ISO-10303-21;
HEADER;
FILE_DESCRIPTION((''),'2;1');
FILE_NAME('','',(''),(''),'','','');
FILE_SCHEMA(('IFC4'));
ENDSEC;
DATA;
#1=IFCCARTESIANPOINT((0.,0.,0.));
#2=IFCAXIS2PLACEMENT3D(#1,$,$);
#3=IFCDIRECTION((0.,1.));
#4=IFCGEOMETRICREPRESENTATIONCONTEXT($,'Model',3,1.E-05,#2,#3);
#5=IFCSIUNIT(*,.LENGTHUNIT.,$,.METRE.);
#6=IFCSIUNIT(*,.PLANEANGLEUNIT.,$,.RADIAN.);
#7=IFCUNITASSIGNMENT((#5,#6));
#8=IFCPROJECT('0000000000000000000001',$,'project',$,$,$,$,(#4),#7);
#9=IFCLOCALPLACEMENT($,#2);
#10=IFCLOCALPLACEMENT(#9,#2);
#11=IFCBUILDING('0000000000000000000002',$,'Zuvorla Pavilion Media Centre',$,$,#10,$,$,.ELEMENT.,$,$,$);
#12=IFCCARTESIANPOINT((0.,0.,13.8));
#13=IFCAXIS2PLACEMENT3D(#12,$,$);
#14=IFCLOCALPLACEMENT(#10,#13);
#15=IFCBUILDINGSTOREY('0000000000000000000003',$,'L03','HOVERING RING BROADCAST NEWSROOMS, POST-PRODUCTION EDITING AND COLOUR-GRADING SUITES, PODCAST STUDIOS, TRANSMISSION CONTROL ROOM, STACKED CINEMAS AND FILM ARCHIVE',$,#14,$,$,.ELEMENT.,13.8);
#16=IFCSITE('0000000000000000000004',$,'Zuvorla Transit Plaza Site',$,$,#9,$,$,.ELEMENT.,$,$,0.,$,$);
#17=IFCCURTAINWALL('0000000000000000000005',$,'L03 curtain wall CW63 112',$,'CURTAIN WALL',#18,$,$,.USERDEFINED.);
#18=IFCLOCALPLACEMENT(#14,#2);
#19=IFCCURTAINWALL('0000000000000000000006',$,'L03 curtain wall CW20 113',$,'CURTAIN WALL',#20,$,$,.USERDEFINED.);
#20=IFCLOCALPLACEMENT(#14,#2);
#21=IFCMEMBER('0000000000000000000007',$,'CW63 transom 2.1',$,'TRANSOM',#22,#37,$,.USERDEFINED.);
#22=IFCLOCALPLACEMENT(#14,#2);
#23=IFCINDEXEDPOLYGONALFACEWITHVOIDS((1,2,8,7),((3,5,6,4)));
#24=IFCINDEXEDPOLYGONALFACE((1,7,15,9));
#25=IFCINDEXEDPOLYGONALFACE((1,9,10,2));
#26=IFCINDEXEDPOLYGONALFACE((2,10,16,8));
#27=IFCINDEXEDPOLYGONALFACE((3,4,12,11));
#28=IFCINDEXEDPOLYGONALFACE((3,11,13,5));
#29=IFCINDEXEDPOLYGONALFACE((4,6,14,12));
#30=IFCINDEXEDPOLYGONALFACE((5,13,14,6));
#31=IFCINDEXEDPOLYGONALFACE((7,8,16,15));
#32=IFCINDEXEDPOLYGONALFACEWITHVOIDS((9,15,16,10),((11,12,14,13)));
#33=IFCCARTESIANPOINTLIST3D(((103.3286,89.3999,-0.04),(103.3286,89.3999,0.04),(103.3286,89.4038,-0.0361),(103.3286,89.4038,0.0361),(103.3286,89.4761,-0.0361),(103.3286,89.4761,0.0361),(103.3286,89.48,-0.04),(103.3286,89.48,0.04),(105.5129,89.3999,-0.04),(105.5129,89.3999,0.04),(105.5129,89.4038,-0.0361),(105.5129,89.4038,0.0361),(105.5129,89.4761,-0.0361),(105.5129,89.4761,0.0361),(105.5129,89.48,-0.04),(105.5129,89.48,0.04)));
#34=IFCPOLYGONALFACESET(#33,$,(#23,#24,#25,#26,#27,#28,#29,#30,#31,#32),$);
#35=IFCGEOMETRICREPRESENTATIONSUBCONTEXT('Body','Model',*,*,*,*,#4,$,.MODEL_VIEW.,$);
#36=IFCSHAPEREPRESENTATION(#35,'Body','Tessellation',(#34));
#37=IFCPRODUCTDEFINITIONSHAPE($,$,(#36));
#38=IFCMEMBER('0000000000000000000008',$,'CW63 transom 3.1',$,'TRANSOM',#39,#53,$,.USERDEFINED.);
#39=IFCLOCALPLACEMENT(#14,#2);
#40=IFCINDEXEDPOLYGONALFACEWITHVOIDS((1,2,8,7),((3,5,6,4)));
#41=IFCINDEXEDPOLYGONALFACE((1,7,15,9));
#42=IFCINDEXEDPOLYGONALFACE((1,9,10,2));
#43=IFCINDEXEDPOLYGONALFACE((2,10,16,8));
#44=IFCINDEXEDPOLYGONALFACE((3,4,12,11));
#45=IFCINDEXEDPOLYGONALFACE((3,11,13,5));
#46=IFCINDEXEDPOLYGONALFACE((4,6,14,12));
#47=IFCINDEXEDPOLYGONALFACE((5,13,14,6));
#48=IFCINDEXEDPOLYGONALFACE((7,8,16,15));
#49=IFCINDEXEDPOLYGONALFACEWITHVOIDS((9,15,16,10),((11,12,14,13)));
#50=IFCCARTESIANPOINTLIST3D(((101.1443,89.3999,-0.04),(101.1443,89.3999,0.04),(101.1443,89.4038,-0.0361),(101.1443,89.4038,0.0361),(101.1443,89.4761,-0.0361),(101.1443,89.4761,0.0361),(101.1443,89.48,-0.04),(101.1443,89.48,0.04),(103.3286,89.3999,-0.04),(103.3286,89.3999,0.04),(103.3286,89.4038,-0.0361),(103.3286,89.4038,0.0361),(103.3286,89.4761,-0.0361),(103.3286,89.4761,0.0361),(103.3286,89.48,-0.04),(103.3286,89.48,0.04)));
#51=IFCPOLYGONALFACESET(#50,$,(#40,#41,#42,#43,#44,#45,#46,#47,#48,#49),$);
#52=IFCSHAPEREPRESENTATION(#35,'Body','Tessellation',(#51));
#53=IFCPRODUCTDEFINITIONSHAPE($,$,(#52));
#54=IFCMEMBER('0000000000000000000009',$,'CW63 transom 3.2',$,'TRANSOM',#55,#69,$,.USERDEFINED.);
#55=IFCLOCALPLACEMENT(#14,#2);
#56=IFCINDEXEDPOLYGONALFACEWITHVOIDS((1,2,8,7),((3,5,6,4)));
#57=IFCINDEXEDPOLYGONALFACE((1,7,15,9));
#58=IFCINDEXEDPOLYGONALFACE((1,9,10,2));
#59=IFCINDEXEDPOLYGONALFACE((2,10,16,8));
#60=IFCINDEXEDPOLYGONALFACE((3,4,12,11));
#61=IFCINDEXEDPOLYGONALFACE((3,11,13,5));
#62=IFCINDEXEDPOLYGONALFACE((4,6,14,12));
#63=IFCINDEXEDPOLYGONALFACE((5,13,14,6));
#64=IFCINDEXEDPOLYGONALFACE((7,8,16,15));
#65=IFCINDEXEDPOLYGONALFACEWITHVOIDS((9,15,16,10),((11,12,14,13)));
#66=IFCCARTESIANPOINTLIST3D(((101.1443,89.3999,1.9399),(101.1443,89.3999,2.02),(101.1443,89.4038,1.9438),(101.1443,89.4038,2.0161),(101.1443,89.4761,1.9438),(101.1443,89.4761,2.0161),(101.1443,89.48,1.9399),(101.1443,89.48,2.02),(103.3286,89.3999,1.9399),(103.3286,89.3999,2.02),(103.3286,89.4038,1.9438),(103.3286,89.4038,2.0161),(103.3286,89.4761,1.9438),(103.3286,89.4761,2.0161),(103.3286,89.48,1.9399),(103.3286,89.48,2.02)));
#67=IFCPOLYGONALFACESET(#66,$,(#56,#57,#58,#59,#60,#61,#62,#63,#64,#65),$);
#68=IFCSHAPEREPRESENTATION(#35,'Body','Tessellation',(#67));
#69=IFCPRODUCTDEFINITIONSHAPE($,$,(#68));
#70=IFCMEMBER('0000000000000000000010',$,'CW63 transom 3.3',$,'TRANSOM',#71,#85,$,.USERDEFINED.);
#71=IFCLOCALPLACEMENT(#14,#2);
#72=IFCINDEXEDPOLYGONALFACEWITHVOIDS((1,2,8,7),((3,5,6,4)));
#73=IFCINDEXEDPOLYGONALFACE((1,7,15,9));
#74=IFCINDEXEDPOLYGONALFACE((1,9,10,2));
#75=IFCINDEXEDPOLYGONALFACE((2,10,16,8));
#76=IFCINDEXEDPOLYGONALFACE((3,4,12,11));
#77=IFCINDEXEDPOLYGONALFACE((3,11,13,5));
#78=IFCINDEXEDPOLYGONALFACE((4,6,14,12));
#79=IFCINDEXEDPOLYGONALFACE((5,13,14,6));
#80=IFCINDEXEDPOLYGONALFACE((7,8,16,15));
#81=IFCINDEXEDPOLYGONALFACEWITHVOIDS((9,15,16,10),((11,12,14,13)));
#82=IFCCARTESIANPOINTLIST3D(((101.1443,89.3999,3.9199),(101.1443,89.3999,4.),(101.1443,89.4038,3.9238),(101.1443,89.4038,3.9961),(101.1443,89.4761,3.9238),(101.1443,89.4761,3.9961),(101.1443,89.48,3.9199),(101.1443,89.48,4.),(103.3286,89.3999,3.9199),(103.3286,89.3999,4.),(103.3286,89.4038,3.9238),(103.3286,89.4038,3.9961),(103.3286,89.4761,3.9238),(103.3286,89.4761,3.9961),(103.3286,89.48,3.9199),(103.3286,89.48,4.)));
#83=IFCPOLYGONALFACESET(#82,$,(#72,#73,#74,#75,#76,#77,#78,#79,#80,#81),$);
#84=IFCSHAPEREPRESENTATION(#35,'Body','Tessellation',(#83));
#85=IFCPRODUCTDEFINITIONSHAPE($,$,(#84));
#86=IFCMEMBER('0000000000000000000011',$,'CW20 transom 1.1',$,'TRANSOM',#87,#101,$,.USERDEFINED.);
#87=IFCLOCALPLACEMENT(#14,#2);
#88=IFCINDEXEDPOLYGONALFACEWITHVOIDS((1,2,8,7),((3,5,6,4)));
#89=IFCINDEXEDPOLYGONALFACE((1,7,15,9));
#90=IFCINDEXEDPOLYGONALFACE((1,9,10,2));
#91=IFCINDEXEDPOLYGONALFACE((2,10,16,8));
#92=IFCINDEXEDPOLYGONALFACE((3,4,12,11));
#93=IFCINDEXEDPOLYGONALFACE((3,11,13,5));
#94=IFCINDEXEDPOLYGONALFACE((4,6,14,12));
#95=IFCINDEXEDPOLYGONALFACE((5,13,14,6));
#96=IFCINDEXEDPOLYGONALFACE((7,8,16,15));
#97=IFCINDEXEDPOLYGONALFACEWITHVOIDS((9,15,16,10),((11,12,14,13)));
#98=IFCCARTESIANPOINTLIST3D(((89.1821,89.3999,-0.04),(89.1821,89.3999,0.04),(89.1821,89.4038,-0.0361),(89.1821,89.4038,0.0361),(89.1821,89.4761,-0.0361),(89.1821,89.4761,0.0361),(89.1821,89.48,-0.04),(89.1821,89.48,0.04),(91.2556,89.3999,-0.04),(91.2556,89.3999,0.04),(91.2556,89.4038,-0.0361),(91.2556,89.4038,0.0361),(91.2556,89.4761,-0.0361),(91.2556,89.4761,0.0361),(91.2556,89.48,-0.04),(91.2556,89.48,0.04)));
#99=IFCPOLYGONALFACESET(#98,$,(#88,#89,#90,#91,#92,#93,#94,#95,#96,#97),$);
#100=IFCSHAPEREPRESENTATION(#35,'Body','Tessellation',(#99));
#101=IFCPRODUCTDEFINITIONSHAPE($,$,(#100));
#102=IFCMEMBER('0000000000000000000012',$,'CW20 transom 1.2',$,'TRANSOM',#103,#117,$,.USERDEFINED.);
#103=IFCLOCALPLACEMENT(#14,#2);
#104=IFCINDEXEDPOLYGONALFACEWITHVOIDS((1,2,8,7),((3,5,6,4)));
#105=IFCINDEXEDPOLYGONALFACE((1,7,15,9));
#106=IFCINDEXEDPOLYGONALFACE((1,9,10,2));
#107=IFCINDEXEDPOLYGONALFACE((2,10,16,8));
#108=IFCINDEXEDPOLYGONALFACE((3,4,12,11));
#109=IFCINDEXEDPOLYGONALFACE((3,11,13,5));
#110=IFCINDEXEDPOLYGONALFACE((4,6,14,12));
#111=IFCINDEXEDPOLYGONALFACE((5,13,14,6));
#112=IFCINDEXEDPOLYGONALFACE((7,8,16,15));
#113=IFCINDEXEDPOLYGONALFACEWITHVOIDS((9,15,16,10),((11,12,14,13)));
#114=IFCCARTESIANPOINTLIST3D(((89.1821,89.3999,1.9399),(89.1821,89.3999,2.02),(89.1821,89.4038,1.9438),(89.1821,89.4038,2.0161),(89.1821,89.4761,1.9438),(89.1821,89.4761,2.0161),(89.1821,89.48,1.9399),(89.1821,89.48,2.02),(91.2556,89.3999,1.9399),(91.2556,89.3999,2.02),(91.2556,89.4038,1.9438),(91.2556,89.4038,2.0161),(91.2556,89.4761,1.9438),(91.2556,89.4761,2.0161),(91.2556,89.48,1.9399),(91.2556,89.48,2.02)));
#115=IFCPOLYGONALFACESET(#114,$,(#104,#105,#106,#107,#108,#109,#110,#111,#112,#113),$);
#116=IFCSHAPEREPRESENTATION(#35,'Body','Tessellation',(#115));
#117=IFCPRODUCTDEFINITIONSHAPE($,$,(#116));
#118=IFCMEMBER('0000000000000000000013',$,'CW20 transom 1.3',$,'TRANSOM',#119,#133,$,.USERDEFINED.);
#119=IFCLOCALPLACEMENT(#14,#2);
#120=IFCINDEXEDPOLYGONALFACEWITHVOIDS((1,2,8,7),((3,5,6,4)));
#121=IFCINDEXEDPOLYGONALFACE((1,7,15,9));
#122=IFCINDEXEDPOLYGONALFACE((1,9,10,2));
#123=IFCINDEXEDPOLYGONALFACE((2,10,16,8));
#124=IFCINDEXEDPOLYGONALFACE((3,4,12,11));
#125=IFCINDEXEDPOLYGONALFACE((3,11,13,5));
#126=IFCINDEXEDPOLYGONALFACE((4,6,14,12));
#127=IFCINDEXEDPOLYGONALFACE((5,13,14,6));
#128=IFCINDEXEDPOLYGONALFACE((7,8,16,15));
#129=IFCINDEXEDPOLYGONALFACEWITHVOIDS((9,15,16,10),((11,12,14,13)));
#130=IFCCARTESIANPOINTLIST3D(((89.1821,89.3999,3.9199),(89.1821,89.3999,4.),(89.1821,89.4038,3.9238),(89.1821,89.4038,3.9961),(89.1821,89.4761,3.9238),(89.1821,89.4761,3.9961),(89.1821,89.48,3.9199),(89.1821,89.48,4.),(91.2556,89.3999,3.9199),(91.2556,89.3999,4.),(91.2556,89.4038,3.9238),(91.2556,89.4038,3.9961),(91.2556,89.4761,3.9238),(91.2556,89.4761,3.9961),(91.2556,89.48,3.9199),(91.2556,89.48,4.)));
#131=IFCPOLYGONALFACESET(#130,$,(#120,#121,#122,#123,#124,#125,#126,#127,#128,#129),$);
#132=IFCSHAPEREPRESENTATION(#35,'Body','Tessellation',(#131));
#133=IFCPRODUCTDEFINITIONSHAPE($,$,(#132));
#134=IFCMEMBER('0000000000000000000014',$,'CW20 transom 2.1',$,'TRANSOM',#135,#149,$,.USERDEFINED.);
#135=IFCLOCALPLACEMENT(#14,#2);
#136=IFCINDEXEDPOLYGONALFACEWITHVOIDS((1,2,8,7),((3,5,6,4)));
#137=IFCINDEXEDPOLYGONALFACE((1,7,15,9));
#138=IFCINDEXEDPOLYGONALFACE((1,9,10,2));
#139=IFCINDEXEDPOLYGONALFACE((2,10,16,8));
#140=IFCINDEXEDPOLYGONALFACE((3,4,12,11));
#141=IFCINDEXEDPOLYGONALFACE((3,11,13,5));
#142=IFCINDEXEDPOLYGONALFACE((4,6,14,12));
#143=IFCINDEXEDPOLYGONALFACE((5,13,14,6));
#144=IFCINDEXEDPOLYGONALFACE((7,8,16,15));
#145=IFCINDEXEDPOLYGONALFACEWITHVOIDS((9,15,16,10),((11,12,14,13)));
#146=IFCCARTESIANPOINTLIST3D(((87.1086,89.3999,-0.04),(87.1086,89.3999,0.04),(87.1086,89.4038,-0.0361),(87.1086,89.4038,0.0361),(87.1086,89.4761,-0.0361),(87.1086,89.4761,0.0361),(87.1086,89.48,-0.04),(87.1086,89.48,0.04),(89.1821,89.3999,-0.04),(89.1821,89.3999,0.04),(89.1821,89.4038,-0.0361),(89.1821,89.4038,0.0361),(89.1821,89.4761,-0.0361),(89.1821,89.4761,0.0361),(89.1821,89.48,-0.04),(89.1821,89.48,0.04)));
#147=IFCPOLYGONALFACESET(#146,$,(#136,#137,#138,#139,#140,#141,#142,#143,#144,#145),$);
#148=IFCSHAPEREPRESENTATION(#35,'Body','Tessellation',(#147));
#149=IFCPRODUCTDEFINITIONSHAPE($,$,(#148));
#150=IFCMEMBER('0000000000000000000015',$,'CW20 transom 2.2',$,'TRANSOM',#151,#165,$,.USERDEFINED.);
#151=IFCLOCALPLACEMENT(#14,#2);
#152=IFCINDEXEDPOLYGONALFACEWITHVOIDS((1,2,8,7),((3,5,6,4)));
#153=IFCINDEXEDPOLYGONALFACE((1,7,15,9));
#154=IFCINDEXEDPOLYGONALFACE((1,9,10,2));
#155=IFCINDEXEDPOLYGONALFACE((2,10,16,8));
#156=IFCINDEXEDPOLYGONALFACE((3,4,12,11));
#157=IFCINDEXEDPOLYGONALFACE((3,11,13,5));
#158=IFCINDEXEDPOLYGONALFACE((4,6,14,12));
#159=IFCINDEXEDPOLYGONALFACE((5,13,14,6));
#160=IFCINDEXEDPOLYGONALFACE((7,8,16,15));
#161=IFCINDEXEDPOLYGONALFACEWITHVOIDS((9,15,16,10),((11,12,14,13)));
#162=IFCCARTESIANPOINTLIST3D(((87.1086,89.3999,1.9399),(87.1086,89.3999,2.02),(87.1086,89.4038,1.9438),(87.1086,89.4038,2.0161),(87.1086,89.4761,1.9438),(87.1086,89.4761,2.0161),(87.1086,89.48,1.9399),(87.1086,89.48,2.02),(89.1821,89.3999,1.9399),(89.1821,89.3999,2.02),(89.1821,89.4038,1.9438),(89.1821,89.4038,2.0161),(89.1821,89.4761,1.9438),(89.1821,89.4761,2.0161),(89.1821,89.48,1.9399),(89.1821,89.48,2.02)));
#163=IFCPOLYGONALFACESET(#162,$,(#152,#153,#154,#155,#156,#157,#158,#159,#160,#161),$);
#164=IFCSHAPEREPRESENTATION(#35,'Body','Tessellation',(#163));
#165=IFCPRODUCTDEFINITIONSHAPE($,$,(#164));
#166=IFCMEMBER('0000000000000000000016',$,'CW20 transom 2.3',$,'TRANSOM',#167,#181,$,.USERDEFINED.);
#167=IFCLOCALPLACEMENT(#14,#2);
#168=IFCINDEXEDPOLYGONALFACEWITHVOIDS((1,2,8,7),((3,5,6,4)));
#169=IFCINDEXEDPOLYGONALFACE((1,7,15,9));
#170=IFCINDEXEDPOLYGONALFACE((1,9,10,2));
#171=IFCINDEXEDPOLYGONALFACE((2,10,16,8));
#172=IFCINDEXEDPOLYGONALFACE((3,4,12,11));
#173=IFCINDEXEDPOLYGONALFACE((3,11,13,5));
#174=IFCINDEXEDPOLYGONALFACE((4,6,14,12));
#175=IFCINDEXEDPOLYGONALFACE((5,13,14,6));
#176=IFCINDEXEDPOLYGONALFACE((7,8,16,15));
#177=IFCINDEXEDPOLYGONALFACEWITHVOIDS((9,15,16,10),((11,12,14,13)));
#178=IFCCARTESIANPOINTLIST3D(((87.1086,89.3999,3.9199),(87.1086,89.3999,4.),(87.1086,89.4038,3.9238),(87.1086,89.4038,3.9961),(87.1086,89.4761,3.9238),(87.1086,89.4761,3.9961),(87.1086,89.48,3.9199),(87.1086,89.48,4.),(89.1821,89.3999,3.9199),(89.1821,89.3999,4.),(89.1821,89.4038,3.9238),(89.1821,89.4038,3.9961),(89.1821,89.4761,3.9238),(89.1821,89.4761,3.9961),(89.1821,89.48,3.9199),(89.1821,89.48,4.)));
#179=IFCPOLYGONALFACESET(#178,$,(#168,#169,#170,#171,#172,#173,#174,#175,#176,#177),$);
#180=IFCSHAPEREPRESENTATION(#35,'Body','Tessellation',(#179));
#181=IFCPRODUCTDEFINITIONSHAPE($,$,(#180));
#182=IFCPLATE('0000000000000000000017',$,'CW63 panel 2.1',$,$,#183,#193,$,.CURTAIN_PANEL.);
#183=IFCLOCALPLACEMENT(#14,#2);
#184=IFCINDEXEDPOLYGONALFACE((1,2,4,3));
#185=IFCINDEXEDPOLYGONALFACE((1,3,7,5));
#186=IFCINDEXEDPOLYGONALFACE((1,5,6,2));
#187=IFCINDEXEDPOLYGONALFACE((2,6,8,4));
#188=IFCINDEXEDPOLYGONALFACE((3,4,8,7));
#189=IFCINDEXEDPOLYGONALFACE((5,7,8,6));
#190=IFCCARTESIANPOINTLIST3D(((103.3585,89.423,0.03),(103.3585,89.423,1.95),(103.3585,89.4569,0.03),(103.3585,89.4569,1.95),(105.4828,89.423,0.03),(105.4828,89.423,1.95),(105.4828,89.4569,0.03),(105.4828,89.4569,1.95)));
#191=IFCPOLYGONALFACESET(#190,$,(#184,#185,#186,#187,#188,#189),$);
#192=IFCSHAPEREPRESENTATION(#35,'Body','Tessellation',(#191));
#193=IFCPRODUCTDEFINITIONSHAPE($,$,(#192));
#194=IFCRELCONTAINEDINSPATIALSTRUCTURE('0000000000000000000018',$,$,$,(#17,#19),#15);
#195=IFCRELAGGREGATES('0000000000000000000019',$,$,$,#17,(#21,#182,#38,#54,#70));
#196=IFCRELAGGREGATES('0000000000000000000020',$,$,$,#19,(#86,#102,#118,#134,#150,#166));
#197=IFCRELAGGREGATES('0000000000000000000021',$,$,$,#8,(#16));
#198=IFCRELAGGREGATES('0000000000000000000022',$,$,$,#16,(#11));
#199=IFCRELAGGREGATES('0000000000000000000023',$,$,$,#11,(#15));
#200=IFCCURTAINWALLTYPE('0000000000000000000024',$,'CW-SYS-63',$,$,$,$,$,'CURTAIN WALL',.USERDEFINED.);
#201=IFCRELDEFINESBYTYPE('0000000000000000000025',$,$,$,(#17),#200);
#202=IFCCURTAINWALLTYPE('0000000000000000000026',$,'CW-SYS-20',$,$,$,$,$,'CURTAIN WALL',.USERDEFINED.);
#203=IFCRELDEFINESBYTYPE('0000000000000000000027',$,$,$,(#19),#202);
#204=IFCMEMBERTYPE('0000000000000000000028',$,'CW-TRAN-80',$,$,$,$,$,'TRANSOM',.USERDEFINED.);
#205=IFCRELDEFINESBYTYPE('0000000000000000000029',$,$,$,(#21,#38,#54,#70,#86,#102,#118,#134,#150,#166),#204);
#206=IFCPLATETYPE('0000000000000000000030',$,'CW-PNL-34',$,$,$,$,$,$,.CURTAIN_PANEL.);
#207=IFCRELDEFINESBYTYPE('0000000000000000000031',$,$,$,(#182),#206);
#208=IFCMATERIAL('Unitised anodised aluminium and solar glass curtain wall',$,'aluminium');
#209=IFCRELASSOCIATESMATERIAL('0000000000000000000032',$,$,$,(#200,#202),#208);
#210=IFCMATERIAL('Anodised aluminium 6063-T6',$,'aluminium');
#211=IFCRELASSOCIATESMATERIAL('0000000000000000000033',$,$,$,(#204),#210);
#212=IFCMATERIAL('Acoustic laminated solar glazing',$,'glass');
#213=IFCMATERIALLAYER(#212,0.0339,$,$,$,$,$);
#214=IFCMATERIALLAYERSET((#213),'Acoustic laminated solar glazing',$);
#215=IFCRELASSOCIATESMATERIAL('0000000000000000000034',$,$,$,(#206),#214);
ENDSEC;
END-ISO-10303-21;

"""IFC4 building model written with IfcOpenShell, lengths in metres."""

from ifc_helpers import new_model, si_unit, direction, frame, origin, origin_2d, place, context, subcontext, project, spatial, rectangle, hollow_rectangle, extrude, material, layer, layer_set, material_profile, profile_set, type_object, element, aggregate, save


model = new_model("IFC4")

# Units and contexts
model_context = context("Model", 3, precision=1e-05, world=origin(), true_north=direction((0.0, 1.0)))
body_context = subcontext(model_context, "Body", "Model", "MODEL_VIEW")
ifc_project = project(units=[si_unit("LENGTHUNIT", "METRE"), si_unit("PLANEANGLEUNIT", "RADIAN")], contexts=[model_context])

# Site, building, storey
site_placement = place(None, origin())
site = spatial("IfcSite", under=ifc_project, at=site_placement, Name="Zuvorla Transit Plaza Site", CompositionType="ELEMENT", RefElevation=0.0)
building_placement = place(site_placement, origin())
building = spatial("IfcBuilding", under=site, at=building_placement, Name="Zuvorla Pavilion Media Centre", CompositionType="ELEMENT")
storey_placement = place(building_placement, frame((0.0, 0.0, 13.8)))
storey = spatial("IfcBuildingStorey", under=building, at=storey_placement, Name="L03", Description="HOVERING RING BROADCAST NEWSROOMS, POST-PRODUCTION EDITING AND COLOUR-GRADING SUITES, PODCAST STUDIOS, TRANSMISSION CONTROL ROOM, STACKED CINEMAS AND FILM ARCHIVE", CompositionType="ELEMENT", Elevation=13.8)

# Curtain walls
ifc_material_1 = material(Name="Unitised anodised aluminium and solar glass curtain wall", Category="aluminium")
curtain_wall_type_1 = type_object("IfcCurtainWallType", Name="CW-SYS-63", ElementType="CURTAIN WALL", PredefinedType="USERDEFINED", material=ifc_material_1)
curtain_wall_1_placement = place(storey_placement, origin())
curtain_wall_1 = element("IfcCurtainWall", 1, at=curtain_wall_1_placement, inside=storey, type_object=curtain_wall_type_1, Name="L03 curtain wall CW63 112", ObjectType="CURTAIN WALL", PredefinedType="USERDEFINED")
ifc_material_2 = material(Name="Anodised aluminium 6063-T6", Category="aluminium")
curtain_wall_type_2 = type_object("IfcCurtainWallType", Name="CW-SYS-20", ElementType="CURTAIN WALL", PredefinedType="USERDEFINED", material=ifc_material_1)
curtain_wall_2_placement = place(storey_placement, origin())
curtain_wall_2 = element("IfcCurtainWall", 2, at=curtain_wall_2_placement, inside=storey, type_object=curtain_wall_type_2, Name="L03 curtain wall CW20 113", ObjectType="CURTAIN WALL", PredefinedType="USERDEFINED")

# Members
ifc_material_profile_1 = material_profile(ifc_material_2, hollow_rectangle(XDim=0.0801, YDim=0.0801, WallThickness=0.0039, at=origin_2d()), Name="ALU TRAN 80x80")
ifc_profile_set_1 = profile_set([ifc_material_profile_1], Name="Anodised aluminium 6063-T6")
member_type_1 = type_object("IfcMemberType", Name="CW-TRAN-80", ElementType="TRANSOM", PredefinedType="USERDEFINED", material=ifc_profile_set_1)
member_1_placement = place(storey_placement, frame((105.5129, 89.4399, 0.0), z_axis=(-1.0, 0.0, 0.0), x_axis=(0.0, -1.0, 0.0)))
member_1 = element("IfcMember", 3, at=member_1_placement, type_object=member_type_1, Name="CW63 transom 2.1", ObjectType="TRANSOM", PredefinedType="USERDEFINED", context=body_context, shape_type="SweptSolid", body=[
    extrude(hollow_rectangle(XDim=0.0801, YDim=0.0801, WallThickness=0.0039, at=origin_2d()), origin(), (0.0, 0.0, 1.0), 2.1843),
])
member_2_placement = place(storey_placement, frame((103.3286, 89.4399, 0.0), z_axis=(-1.0, 0.0, 0.0), x_axis=(0.0, -1.0, 0.0)))
member_2 = element("IfcMember", 4, at=member_2_placement, type_object=member_type_1, Name="CW63 transom 3.1", ObjectType="TRANSOM", PredefinedType="USERDEFINED", context=body_context, shape_type="SweptSolid", body=[
    extrude(hollow_rectangle(XDim=0.0801, YDim=0.0801, WallThickness=0.0039, at=origin_2d()), origin(), (0.0, 0.0, 1.0), 2.1843),
])
member_3_placement = place(storey_placement, frame((103.3286, 89.4399, 1.98), z_axis=(-1.0, 0.0, 0.0), x_axis=(0.0, -1.0, 0.0)))
member_3 = element("IfcMember", 5, at=member_3_placement, type_object=member_type_1, Name="CW63 transom 3.2", ObjectType="TRANSOM", PredefinedType="USERDEFINED", context=body_context, shape_type="SweptSolid", body=[
    extrude(hollow_rectangle(XDim=0.0801, YDim=0.0801, WallThickness=0.0039, at=origin_2d()), origin(), (0.0, 0.0, 1.0), 2.1843),
])
member_4_placement = place(storey_placement, frame((103.3286, 89.4399, 3.96), z_axis=(-1.0, 0.0, 0.0), x_axis=(0.0, -1.0, 0.0)))
member_4 = element("IfcMember", 6, at=member_4_placement, type_object=member_type_1, Name="CW63 transom 3.3", ObjectType="TRANSOM", PredefinedType="USERDEFINED", context=body_context, shape_type="SweptSolid", body=[
    extrude(hollow_rectangle(XDim=0.0801, YDim=0.0801, WallThickness=0.0039, at=origin_2d()), origin(), (0.0, 0.0, 1.0), 2.1843),
])
member_5_placement = place(storey_placement, frame((91.2556, 89.4399, 0.0), z_axis=(-1.0, 0.0, 0.0), x_axis=(0.0, -1.0, 0.0)))
member_5 = element("IfcMember", 7, at=member_5_placement, type_object=member_type_1, Name="CW20 transom 1.1", ObjectType="TRANSOM", PredefinedType="USERDEFINED", context=body_context, shape_type="SweptSolid", body=[
    extrude(hollow_rectangle(XDim=0.0801, YDim=0.0801, WallThickness=0.0039, at=origin_2d()), origin(), (0.0, 0.0, 1.0), 2.0735),
])
member_6_placement = place(storey_placement, frame((91.2556, 89.4399, 1.98), z_axis=(-1.0, 0.0, 0.0), x_axis=(0.0, -1.0, 0.0)))
member_6 = element("IfcMember", 8, at=member_6_placement, type_object=member_type_1, Name="CW20 transom 1.2", ObjectType="TRANSOM", PredefinedType="USERDEFINED", context=body_context, shape_type="SweptSolid", body=[
    extrude(hollow_rectangle(XDim=0.0801, YDim=0.0801, WallThickness=0.0039, at=origin_2d()), origin(), (0.0, 0.0, 1.0), 2.0735),
])
member_7_placement = place(storey_placement, frame((91.2556, 89.4399, 3.96), z_axis=(-1.0, 0.0, 0.0), x_axis=(0.0, -1.0, 0.0)))
member_7 = element("IfcMember", 9, at=member_7_placement, type_object=member_type_1, Name="CW20 transom 1.3", ObjectType="TRANSOM", PredefinedType="USERDEFINED", context=body_context, shape_type="SweptSolid", body=[
    extrude(hollow_rectangle(XDim=0.0801, YDim=0.0801, WallThickness=0.0039, at=origin_2d()), origin(), (0.0, 0.0, 1.0), 2.0735),
])
member_8_placement = place(storey_placement, frame((89.1821, 89.4399, 0.0), z_axis=(-1.0, 0.0, 0.0), x_axis=(0.0, -1.0, 0.0)))
member_8 = element("IfcMember", 10, at=member_8_placement, type_object=member_type_1, Name="CW20 transom 2.1", ObjectType="TRANSOM", PredefinedType="USERDEFINED", context=body_context, shape_type="SweptSolid", body=[
    extrude(hollow_rectangle(XDim=0.0801, YDim=0.0801, WallThickness=0.0039, at=origin_2d()), origin(), (0.0, 0.0, 1.0), 2.0735),
])
member_9_placement = place(storey_placement, frame((89.1821, 89.4399, 1.98), z_axis=(-1.0, 0.0, 0.0), x_axis=(0.0, -1.0, 0.0)))
member_9 = element("IfcMember", 11, at=member_9_placement, type_object=member_type_1, Name="CW20 transom 2.2", ObjectType="TRANSOM", PredefinedType="USERDEFINED", context=body_context, shape_type="SweptSolid", body=[
    extrude(hollow_rectangle(XDim=0.0801, YDim=0.0801, WallThickness=0.0039, at=origin_2d()), origin(), (0.0, 0.0, 1.0), 2.0735),
])
member_10_placement = place(storey_placement, frame((89.1821, 89.4399, 3.96), z_axis=(-1.0, 0.0, 0.0), x_axis=(0.0, -1.0, 0.0)))
member_10 = element("IfcMember", 12, at=member_10_placement, type_object=member_type_1, Name="CW20 transom 2.3", ObjectType="TRANSOM", PredefinedType="USERDEFINED", context=body_context, shape_type="SweptSolid", body=[
    extrude(hollow_rectangle(XDim=0.0801, YDim=0.0801, WallThickness=0.0039, at=origin_2d()), origin(), (0.0, 0.0, 1.0), 2.0735),
])

# Plate
ifc_material_3 = material(Name="Acoustic laminated solar glazing", Category="glass")
ifc_layer_1 = layer(ifc_material_3, 0.0339)
ifc_layer_set_1 = layer_set([ifc_layer_1], Name="Acoustic laminated solar glazing")
plate_type = type_object("IfcPlateType", Name="CW-PNL-34", PredefinedType="CURTAIN_PANEL", material=ifc_layer_set_1)
plate_1_placement = place(storey_placement, frame((104.4207, 89.4399, 0.03), z_axis=(0.0, 0.0, 1.0), x_axis=(-1.0, 0.0, 0.0)))
plate_1 = element("IfcPlate", 13, at=plate_1_placement, type_object=plate_type, Name="CW63 panel 2.1", PredefinedType="CURTAIN_PANEL", context=body_context, shape_type="SweptSolid", body=[
    extrude(rectangle(XDim=2.1243, YDim=0.0339, at=origin_2d()), origin(), (0.0, 0.0, 1.0), 1.9199),
])
aggregate(curtain_wall_1, [member_1, plate_1, member_2, member_3, member_4])
aggregate(curtain_wall_2, [member_5, member_6, member_7, member_8, member_9, member_10])

save(model, "model.ifc")
